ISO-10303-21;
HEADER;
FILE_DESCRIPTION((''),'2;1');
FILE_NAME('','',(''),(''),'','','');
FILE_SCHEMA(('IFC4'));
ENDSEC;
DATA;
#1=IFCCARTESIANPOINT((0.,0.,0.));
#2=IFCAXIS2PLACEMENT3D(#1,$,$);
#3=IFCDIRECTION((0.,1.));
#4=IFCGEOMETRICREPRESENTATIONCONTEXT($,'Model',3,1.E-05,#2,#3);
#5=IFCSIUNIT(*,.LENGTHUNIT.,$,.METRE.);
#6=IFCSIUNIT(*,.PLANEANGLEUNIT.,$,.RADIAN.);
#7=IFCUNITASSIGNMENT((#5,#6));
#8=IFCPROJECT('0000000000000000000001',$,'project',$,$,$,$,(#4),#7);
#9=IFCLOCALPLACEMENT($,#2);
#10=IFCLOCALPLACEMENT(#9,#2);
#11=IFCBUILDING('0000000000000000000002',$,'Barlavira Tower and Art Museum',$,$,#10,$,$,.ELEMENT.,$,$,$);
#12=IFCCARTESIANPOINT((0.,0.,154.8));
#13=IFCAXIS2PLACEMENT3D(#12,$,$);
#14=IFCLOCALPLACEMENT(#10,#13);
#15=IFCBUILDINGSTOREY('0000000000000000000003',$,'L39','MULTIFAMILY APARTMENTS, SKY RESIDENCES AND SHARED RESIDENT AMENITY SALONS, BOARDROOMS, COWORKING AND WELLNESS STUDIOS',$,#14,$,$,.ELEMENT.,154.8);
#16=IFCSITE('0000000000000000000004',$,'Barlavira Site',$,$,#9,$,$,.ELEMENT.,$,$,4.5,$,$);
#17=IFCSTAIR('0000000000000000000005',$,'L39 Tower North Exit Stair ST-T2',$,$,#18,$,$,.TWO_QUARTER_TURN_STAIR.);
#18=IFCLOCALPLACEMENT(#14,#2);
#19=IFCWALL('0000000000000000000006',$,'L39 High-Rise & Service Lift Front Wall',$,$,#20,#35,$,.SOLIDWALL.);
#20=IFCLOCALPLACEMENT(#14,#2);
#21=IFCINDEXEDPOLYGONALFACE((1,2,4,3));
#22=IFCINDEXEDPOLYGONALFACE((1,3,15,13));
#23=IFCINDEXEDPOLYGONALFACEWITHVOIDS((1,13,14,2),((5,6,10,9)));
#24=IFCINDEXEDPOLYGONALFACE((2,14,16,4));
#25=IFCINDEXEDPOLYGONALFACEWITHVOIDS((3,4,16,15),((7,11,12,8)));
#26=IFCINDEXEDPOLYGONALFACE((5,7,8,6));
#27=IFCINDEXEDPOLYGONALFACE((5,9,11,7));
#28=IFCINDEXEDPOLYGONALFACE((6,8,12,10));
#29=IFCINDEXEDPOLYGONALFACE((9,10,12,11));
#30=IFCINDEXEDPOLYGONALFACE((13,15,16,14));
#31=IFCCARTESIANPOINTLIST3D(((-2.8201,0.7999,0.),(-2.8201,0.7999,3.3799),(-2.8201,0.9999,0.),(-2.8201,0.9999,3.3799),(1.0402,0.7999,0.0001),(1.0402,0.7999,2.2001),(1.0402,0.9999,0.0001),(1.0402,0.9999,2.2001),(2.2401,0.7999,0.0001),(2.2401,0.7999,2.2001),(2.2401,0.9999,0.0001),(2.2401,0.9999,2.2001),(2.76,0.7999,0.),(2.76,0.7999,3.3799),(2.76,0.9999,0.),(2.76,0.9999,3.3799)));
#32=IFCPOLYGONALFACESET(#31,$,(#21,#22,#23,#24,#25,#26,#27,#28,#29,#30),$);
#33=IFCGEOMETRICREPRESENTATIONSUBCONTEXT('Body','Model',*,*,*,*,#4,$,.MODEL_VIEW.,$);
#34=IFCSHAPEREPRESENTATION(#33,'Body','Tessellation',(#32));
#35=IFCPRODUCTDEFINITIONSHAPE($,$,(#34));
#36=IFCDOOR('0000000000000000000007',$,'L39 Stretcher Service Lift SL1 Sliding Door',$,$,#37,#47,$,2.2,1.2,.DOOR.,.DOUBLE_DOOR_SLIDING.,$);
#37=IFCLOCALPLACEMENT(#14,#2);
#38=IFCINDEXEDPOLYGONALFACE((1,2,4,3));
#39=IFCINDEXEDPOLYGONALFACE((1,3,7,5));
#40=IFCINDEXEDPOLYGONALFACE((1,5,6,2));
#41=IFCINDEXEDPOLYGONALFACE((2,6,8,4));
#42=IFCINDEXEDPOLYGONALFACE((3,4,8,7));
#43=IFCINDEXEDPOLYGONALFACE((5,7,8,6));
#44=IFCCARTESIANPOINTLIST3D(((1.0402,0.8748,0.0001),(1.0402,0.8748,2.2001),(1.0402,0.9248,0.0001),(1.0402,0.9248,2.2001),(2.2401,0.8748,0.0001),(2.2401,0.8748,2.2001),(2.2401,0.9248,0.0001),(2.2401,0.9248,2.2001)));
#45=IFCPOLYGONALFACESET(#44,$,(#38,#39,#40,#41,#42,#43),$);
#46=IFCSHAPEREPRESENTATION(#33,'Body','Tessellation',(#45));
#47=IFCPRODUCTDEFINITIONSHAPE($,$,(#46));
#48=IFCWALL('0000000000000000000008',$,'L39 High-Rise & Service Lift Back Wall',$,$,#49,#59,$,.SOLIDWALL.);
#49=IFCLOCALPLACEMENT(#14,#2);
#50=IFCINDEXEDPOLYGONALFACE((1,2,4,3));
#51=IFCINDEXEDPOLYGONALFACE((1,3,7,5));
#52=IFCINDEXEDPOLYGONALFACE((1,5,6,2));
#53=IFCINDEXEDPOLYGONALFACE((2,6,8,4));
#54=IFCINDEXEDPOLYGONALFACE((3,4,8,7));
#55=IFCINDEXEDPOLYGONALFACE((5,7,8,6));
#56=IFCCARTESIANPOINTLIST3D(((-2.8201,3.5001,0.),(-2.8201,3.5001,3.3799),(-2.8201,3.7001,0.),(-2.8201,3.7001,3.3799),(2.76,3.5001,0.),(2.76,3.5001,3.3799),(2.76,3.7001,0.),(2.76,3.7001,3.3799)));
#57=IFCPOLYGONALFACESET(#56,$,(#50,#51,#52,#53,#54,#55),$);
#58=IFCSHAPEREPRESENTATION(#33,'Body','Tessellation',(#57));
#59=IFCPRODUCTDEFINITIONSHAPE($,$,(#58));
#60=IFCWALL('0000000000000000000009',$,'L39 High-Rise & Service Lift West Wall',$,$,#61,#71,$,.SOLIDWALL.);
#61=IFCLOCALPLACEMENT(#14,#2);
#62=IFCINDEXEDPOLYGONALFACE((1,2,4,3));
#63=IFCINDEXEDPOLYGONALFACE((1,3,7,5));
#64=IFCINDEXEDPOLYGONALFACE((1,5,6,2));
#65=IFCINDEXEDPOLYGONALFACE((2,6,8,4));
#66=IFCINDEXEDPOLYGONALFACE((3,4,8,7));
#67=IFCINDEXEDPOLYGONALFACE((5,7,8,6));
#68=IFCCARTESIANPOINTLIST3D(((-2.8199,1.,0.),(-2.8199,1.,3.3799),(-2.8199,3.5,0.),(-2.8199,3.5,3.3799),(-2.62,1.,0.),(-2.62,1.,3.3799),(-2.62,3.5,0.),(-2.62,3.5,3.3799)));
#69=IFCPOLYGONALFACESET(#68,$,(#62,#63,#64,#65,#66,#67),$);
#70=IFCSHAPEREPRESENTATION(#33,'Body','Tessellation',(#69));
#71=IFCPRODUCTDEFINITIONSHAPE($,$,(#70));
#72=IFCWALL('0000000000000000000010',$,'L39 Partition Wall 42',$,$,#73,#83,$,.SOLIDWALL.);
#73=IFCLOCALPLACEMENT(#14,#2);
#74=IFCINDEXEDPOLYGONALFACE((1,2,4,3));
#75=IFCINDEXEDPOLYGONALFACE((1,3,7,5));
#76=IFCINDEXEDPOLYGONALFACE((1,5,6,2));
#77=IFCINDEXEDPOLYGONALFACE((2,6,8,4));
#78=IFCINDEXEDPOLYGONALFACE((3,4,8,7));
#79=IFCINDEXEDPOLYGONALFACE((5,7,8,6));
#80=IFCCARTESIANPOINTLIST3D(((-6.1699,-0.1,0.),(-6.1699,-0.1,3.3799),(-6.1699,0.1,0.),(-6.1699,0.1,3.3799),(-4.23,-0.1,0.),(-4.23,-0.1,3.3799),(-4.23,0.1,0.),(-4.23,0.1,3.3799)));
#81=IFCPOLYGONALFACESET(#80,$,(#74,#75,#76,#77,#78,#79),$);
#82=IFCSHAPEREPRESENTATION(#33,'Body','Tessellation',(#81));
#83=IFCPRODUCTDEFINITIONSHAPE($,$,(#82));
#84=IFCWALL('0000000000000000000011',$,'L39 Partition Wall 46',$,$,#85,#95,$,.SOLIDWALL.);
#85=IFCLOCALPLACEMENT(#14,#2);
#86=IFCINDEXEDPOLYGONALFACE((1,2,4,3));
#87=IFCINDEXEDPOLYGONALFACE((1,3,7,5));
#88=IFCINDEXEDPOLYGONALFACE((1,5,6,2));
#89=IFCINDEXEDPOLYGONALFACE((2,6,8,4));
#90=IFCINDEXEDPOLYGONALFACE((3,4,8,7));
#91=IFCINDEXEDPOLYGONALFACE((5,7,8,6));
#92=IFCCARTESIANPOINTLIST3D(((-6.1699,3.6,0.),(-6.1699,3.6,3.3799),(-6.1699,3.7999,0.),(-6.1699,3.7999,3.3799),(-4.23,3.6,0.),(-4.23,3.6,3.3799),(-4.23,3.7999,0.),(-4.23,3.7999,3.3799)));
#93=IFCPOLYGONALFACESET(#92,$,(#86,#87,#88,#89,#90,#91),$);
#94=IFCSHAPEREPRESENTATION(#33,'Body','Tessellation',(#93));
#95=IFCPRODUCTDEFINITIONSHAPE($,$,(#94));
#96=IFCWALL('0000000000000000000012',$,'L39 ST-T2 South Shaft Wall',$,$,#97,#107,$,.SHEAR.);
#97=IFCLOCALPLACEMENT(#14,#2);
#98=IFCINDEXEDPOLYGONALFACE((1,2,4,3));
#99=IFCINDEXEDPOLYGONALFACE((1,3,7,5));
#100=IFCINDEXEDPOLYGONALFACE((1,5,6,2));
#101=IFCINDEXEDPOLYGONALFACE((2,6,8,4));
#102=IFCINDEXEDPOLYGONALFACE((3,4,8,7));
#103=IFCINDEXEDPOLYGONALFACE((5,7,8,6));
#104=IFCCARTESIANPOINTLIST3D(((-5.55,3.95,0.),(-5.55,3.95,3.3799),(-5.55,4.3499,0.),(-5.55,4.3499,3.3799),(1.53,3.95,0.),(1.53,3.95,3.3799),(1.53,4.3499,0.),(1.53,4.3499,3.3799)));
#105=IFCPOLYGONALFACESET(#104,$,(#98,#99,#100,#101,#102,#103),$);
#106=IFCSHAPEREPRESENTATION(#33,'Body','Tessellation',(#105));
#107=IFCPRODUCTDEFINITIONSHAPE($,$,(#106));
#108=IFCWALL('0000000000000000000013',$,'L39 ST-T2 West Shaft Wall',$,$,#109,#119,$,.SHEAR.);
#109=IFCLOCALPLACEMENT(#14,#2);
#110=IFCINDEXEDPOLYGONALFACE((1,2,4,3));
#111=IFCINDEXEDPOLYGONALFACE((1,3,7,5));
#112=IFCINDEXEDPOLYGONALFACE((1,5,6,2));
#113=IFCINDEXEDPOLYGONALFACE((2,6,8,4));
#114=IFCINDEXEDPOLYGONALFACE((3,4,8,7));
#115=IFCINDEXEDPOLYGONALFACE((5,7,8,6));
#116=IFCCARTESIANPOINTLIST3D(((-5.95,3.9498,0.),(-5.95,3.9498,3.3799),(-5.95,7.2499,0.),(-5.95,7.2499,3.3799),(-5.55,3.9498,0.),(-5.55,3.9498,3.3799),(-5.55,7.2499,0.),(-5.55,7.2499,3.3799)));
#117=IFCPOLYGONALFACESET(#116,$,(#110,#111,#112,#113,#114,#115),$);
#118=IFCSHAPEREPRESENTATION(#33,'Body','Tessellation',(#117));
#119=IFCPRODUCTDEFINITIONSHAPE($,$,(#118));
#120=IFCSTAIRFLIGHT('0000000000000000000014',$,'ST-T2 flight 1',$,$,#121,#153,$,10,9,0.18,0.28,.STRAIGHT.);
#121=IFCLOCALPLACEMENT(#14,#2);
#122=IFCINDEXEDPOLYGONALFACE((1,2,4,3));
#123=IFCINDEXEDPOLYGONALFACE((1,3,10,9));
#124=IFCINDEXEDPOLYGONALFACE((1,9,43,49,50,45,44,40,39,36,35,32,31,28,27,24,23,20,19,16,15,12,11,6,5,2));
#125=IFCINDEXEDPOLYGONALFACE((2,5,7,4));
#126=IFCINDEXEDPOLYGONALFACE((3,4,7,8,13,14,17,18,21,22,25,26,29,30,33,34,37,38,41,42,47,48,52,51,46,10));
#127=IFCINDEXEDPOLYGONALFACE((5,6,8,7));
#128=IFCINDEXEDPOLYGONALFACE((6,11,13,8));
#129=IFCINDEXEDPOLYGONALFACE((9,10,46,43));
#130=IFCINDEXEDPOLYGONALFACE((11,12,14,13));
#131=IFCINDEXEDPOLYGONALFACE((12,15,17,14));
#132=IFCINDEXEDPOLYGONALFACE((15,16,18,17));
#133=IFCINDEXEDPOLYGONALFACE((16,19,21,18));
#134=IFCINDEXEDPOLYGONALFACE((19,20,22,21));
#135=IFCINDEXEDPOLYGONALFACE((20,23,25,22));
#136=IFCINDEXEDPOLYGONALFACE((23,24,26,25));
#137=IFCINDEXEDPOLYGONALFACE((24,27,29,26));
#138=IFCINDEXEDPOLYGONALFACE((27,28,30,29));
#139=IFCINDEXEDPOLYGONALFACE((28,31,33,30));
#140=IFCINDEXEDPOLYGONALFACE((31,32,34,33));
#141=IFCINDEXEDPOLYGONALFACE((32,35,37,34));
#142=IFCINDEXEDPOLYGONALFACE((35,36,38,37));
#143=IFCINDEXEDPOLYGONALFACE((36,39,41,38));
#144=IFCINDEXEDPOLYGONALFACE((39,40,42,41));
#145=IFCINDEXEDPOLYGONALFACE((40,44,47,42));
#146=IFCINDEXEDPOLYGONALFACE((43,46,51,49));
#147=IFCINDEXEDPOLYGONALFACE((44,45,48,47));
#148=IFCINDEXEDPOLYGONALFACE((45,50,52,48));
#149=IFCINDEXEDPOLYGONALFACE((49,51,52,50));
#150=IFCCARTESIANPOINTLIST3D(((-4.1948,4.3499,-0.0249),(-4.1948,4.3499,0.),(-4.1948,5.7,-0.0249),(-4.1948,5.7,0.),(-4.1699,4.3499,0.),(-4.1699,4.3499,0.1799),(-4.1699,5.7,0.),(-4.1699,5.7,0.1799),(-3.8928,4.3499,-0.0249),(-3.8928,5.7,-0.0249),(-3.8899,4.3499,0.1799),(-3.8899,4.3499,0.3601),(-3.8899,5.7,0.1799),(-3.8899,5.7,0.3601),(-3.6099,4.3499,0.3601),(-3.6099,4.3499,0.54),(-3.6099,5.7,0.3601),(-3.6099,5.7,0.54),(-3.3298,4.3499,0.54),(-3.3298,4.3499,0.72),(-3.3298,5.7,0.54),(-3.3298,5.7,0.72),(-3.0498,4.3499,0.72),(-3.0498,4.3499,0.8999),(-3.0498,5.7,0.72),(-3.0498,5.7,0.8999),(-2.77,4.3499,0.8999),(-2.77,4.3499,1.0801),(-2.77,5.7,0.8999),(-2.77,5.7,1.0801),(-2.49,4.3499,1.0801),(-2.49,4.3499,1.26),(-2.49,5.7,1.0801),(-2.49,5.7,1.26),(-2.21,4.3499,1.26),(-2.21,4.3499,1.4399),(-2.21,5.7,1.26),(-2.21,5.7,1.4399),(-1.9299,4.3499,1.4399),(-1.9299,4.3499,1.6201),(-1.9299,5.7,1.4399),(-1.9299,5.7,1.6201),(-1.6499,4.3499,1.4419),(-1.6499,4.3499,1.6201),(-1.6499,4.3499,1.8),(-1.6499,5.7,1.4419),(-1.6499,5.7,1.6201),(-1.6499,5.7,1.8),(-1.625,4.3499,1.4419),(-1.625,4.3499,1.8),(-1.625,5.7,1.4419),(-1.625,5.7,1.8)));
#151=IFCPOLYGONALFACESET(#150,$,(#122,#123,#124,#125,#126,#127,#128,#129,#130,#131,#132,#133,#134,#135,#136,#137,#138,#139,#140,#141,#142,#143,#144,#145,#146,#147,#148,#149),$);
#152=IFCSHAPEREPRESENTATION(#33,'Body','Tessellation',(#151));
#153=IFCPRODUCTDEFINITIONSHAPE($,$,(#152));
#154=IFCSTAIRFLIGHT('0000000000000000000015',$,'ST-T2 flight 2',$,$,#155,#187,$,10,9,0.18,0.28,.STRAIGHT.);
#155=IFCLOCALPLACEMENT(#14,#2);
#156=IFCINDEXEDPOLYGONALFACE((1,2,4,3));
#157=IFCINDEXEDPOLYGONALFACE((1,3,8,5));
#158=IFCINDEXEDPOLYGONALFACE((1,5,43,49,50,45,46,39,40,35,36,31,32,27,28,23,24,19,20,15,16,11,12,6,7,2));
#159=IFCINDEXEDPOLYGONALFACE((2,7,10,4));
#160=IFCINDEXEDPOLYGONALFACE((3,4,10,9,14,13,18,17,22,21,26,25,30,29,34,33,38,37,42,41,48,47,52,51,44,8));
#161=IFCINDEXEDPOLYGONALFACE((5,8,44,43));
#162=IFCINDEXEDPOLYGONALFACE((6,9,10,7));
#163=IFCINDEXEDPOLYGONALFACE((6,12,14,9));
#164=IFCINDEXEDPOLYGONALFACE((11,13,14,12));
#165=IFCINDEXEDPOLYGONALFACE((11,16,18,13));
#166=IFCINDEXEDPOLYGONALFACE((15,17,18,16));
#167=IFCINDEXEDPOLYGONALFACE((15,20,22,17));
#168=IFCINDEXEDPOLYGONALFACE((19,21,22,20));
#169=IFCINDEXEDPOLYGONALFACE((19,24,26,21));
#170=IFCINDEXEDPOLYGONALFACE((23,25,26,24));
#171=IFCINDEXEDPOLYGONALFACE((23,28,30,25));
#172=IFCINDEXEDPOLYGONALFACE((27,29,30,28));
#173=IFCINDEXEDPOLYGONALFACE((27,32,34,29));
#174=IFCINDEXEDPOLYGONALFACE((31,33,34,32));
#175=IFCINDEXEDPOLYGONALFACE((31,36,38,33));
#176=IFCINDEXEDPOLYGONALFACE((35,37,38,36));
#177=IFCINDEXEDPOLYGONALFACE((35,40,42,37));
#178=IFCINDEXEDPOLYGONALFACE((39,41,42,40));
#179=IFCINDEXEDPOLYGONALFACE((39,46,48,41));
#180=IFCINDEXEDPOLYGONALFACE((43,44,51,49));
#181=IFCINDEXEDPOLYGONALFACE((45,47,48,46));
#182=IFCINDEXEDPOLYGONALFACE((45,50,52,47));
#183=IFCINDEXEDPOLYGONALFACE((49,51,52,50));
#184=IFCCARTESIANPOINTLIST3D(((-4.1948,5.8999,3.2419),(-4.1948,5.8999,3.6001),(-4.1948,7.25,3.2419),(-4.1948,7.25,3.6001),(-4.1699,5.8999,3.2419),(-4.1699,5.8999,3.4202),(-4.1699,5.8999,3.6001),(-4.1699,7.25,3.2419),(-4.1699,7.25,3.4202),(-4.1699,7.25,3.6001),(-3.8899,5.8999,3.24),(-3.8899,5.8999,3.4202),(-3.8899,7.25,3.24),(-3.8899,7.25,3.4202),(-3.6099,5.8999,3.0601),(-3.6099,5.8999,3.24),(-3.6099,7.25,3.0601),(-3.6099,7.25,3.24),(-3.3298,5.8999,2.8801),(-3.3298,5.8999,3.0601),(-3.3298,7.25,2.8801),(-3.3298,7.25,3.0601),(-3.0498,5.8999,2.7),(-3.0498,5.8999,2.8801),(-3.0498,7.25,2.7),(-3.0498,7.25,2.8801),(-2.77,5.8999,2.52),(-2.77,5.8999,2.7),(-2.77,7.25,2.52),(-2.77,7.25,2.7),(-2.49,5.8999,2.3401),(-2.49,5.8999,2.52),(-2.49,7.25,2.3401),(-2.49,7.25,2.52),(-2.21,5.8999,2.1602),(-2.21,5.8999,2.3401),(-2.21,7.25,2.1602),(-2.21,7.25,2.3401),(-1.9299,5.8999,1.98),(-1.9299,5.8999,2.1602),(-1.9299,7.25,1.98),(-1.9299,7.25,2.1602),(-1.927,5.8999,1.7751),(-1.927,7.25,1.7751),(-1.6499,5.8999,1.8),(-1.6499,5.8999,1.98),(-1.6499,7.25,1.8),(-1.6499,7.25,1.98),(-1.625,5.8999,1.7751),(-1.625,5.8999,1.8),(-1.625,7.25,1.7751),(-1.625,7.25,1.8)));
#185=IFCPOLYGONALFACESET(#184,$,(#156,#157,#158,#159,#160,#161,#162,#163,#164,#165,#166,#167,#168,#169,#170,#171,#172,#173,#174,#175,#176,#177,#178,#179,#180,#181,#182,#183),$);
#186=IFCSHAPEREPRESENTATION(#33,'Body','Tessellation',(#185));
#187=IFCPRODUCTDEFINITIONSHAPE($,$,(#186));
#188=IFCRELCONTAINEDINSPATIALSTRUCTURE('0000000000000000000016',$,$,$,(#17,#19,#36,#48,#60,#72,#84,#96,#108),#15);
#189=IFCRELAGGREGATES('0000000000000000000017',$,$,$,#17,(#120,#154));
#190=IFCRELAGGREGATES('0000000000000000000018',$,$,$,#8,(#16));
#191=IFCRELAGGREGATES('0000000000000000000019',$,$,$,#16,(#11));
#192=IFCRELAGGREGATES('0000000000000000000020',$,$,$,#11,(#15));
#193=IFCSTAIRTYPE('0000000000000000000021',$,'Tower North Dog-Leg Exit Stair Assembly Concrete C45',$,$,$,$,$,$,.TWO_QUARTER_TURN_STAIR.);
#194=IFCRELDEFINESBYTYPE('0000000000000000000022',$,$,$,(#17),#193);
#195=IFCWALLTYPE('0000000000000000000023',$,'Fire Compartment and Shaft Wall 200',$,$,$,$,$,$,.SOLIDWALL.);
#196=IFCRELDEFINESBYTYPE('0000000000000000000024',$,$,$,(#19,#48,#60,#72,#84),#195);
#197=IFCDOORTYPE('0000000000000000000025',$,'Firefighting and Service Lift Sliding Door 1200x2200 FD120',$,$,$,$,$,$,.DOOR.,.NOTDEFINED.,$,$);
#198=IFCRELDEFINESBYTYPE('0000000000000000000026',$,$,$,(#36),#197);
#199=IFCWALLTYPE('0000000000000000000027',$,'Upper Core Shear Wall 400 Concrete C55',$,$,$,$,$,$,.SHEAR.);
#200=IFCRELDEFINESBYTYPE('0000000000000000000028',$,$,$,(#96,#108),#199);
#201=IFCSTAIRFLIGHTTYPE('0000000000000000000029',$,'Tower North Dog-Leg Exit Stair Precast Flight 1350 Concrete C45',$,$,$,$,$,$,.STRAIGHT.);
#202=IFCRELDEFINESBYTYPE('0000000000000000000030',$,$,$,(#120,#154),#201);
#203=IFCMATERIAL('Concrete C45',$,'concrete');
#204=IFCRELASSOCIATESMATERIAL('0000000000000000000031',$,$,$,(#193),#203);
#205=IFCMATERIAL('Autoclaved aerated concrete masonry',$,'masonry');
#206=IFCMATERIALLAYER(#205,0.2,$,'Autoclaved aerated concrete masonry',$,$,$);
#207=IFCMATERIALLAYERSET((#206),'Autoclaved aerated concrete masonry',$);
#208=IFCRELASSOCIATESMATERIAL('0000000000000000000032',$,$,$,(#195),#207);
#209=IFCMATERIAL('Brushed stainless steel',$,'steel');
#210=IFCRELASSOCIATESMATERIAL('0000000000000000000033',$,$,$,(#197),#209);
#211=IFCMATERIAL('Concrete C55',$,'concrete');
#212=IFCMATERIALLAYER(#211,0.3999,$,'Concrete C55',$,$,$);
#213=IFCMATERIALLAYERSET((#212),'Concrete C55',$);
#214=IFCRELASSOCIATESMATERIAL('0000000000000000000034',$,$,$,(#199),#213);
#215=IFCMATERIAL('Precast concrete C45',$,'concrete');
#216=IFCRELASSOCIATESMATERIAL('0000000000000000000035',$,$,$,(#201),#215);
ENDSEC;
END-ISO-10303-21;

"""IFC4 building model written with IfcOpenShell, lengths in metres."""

from ifc_helpers import new_model, si_unit, direction, frame, frame_2d, origin, place, context, subcontext, project, spatial, polyline, rectangle, outline, extrude, material, layer, layer_set, type_object, element, fill, aggregate, save


model = new_model("IFC4")

# Units and contexts
model_context = context("Model", 3, precision=1e-05, world=origin(), true_north=direction((0.0, 1.0)))
body_context = subcontext(model_context, "Body", "Model", "MODEL_VIEW")
ifc_project = project(units=[si_unit("LENGTHUNIT", "METRE"), si_unit("PLANEANGLEUNIT", "RADIAN")], contexts=[model_context])

# Site, building, storey
site_placement = place(None, origin())
site = spatial("IfcSite", under=ifc_project, at=site_placement, Name="Barlavira Site", CompositionType="ELEMENT", RefElevation=4.5)
building_placement = place(site_placement, origin())
building = spatial("IfcBuilding", under=site, at=building_placement, Name="Barlavira Tower and Art Museum", CompositionType="ELEMENT")
storey_placement = place(building_placement, frame((0.0, 0.0, 154.8)))
storey = spatial("IfcBuildingStorey", under=building, at=storey_placement, Name="L39", Description="MULTIFAMILY APARTMENTS, SKY RESIDENCES AND SHARED RESIDENT AMENITY SALONS, BOARDROOMS, COWORKING AND WELLNESS STUDIOS", CompositionType="ELEMENT", Elevation=154.8)

# Stair
ifc_material_1 = material(Name="Concrete C45", Category="concrete")
stair_type_1 = type_object("IfcStairType", Name="Tower North Dog-Leg Exit Stair Assembly Concrete C45", PredefinedType="TWO_QUARTER_TURN_STAIR", material=ifc_material_1)
stair_1_placement = place(storey_placement, origin())
stair_1 = element("IfcStair", 1, at=stair_1_placement, inside=storey, type_object=stair_type_1, Name="L39 Tower North Exit Stair ST-T2", PredefinedType="TWO_QUARTER_TURN_STAIR")

# Shared definitions
ifc_material_2 = material(Name="Brushed stainless steel", Category="steel")

# Wall, opening, door
ifc_material_3 = material(Name="Autoclaved aerated concrete masonry", Category="masonry")
ifc_layer_1 = layer(ifc_material_3, 0.2, Name="Autoclaved aerated concrete masonry")
ifc_layer_set_1 = layer_set([ifc_layer_1], Name="Autoclaved aerated concrete masonry")
wall_type_1 = type_object("IfcWallType", Name="Fire Compartment and Shaft Wall 200", PredefinedType="SOLIDWALL", material=ifc_layer_set_1)
wall_1_placement = place(storey_placement, frame((-2.8201, 0.8999, 0.0), z_axis=(0.0, 0.0, 1.0), x_axis=(1.0, 0.0, 0.0)))
wall_1 = element("IfcWall", 2, at=wall_1_placement, inside=storey, type_object=wall_type_1, Name="L39 High-Rise & Service Lift Front Wall", PredefinedType="SOLIDWALL", context=body_context, shape_type="SweptSolid", body=[
    extrude(rectangle(XDim=5.5801, YDim=0.2, at=frame_2d((2.79, 0.0))), origin(), (0.0, 0.0, 1.0), 3.3799),
])
opening_1_placement = place(wall_1_placement, frame((3.8601, 0.0, 0.0)))
opening_1 = element("IfcOpeningElement", 3, at=opening_1_placement, cuts=wall_1, PredefinedType="OPENING", context=body_context, shape_type="SweptSolid", body=[
    extrude(rectangle(XDim=1.2, YDim=2.2, at=frame_2d((0.6001, 1.1001))), frame((0.0, 0.1099, 0.0), z_axis=(0.0, -1.0, 0.0), x_axis=(1.0, 0.0, 0.0)), (0.0, 0.0, 1.0), 0.22),
])
door_type_1 = type_object("IfcDoorType", Name="Firefighting and Service Lift Sliding Door 1200x2200 FD120", OperationType="NOTDEFINED", PredefinedType="DOOR", material=ifc_material_2)
door_1_placement = place(opening_1_placement, origin())
door_1 = element("IfcDoor", 4, at=door_1_placement, inside=storey, type_object=door_type_1, Name="L39 Stretcher Service Lift SL1 Sliding Door", OperationType="DOUBLE_DOOR_SLIDING", OverallHeight=2.2, OverallWidth=1.2, PredefinedType="DOOR", context=body_context, shape_type="SweptSolid", body=[
    extrude(rectangle(XDim=1.2, YDim=2.2, at=frame_2d((0.6001, 1.1001))), frame((0.0, 0.0249, 0.0), z_axis=(0.0, -1.0, 0.0), x_axis=(1.0, 0.0, 0.0)), (0.0, 0.0, 1.0), 0.05),
])
fill(opening_1, door_1)

# Walls
wall_2_placement = place(storey_placement, frame((-2.8201, 3.6001, 0.0), z_axis=(0.0, 0.0, 1.0), x_axis=(1.0, 0.0, 0.0)))
element("IfcWall", 5, at=wall_2_placement, inside=storey, type_object=wall_type_1, Name="L39 High-Rise & Service Lift Back Wall", PredefinedType="SOLIDWALL", context=body_context, shape_type="SweptSolid", body=[
    extrude(rectangle(XDim=5.5801, YDim=0.2, at=frame_2d((2.79, 0.0))), origin(), (0.0, 0.0, 1.0), 3.3799),
])
wall_3_placement = place(storey_placement, frame((-2.72, 1.0, 0.0), z_axis=(0.0, 0.0, 1.0), x_axis=(0.0, 1.0, 0.0)))
element("IfcWall", 6, at=wall_3_placement, inside=storey, type_object=wall_type_1, Name="L39 High-Rise & Service Lift West Wall", PredefinedType="SOLIDWALL", context=body_context, shape_type="SweptSolid", body=[
    extrude(rectangle(XDim=2.5, YDim=0.2, at=frame_2d((1.25, 0.0))), origin(), (0.0, 0.0, 1.0), 3.3799),
])
for number, where, z_axis, x_axis, name in (
    (7, (-6.1699, 0.0, 0.0), (0.0, 0.0, 1.0), (1.0, 0.0, 0.0), "L39 Partition Wall 42"),
    (8, (-6.1699, 3.7, 0.0), (0.0, 0.0, 1.0), (1.0, 0.0, 0.0), "L39 Partition Wall 46"),
):
    element("IfcWall", number, at=place(storey_placement, frame(where, z_axis=z_axis, x_axis=x_axis)), inside=storey, type_object=wall_type_1, Name=name, PredefinedType="SOLIDWALL", context=body_context, shape_type="SweptSolid", body=[
        extrude(rectangle(XDim=1.9399, YDim=0.2, at=frame_2d((0.97, 0.0))), origin(), (0.0, 0.0, 1.0), 3.3799),
    ])
ifc_material_4 = material(Name="Concrete C55", Category="concrete")
ifc_layer_2 = layer(ifc_material_4, 0.3999, Name="Concrete C55")
ifc_layer_set_2 = layer_set([ifc_layer_2], Name="Concrete C55")
wall_type_2 = type_object("IfcWallType", Name="Upper Core Shear Wall 400 Concrete C55", PredefinedType="SHEAR", material=ifc_layer_set_2)
wall_4_placement = place(storey_placement, frame((-5.55, 4.1499, 0.0), z_axis=(0.0, 0.0, 1.0), x_axis=(1.0, 0.0, 0.0)))
element("IfcWall", 9, at=wall_4_placement, inside=storey, type_object=wall_type_2, Name="L39 ST-T2 South Shaft Wall", PredefinedType="SHEAR", context=body_context, shape_type="SweptSolid", body=[
    extrude(rectangle(XDim=7.0801, YDim=0.3999, at=frame_2d((3.54, 0.0))), origin(), (0.0, 0.0, 1.0), 3.3799),
])
wall_5_placement = place(storey_placement, frame((-5.75, 3.95, 0.0), z_axis=(0.0, 0.0, 1.0), x_axis=(0.0, 1.0, 0.0)))
element("IfcWall", 10, at=wall_5_placement, inside=storey, type_object=wall_type_2, Name="L39 ST-T2 West Shaft Wall", PredefinedType="SHEAR", context=body_context, shape_type="SweptSolid", body=[
    extrude(rectangle(XDim=3.3, YDim=0.3999, at=frame_2d((1.6499, 0.0))), origin(), (0.0, 0.0, 1.0), 3.3799),
])

# Stair flights
ifc_material_5 = material(Name="Precast concrete C45", Category="concrete")
stair_flight_type = type_object("IfcStairFlightType", Name="Tower North Dog-Leg Exit Stair Precast Flight 1350 Concrete C45", PredefinedType="STRAIGHT", material=ifc_material_5)
stair_flight_1_placement = place(storey_placement, frame((-4.1699, 5.0249, 0.0), z_axis=(0.0, 0.0, 1.0), x_axis=(1.0, 0.0, 0.0)))
stair_flight_1 = element("IfcStairFlight", 11, at=stair_flight_1_placement, type_object=stair_flight_type, Name="ST-T2 flight 1", NumberOfRisers=10, NumberOfTreads=9, PredefinedType="STRAIGHT", RiserHeight=0.18, TreadLength=0.28, context=body_context, shape_type="SweptSolid", body=[
    extrude(outline(polyline([(-0.0249, 0.0), (0.0, 0.0), (0.0, 0.1799), (0.28, 0.1799), (0.28, 0.3601), (0.5601, 0.3601), (0.5601, 0.54), (0.8401, 0.54), (0.8401, 0.72), (1.1201, 0.72), (1.1201, 0.8999), (1.3999, 0.8999), (1.3999, 1.0801), (1.6799, 1.0801), (1.6799, 1.26), (1.96, 1.26), (1.96, 1.4399), (2.24, 1.4399), (2.24, 1.6201), (2.52, 1.6201), (2.52, 1.8), (2.5449, 1.8), (2.5449, 1.4419), (2.52, 1.4419), (0.2771, -0.0249), (-0.0249, -0.0249), (-0.0249, 0.0)])), frame((0.0, 0.675, 0.0), z_axis=(0.0, -1.0, 0.0), x_axis=(1.0, 0.0, 0.0)), (0.0, 0.0, 1.0), 1.3501),
])
stair_flight_2_placement = place(storey_placement, frame((-1.6499, 6.575, 1.8), z_axis=(0.0, 0.0, 1.0), x_axis=(-1.0, 0.0, 0.0)))
stair_flight_2 = element("IfcStairFlight", 12, at=stair_flight_2_placement, type_object=stair_flight_type, Name="ST-T2 flight 2", NumberOfRisers=10, NumberOfTreads=9, PredefinedType="STRAIGHT", RiserHeight=0.18, TreadLength=0.28, context=body_context, shape_type="SweptSolid", body=[
    extrude(outline(polyline([(-0.0249, 0.0), (0.0, 0.0), (0.0, 0.1799), (0.28, 0.1799), (0.28, 0.3601), (0.5601, 0.3601), (0.5601, 0.54), (0.8401, 0.54), (0.8401, 0.72), (1.1201, 0.72), (1.1201, 0.8999), (1.3999, 0.8999), (1.3999, 1.0801), (1.6799, 1.0801), (1.6799, 1.26), (1.96, 1.26), (1.96, 1.4399), (2.24, 1.4399), (2.24, 1.6201), (2.52, 1.6201), (2.52, 1.8), (2.5449, 1.8), (2.5449, 1.4419), (2.52, 1.4419), (0.2771, -0.0249), (-0.0249, -0.0249), (-0.0249, 0.0)])), frame((0.0, 0.675, 0.0), z_axis=(0.0, -1.0, 0.0), x_axis=(1.0, 0.0, 0.0)), (0.0, 0.0, 1.0), 1.3501),
])
aggregate(stair_1, [stair_flight_1, stair_flight_2])

save(model, "model.ifc")
